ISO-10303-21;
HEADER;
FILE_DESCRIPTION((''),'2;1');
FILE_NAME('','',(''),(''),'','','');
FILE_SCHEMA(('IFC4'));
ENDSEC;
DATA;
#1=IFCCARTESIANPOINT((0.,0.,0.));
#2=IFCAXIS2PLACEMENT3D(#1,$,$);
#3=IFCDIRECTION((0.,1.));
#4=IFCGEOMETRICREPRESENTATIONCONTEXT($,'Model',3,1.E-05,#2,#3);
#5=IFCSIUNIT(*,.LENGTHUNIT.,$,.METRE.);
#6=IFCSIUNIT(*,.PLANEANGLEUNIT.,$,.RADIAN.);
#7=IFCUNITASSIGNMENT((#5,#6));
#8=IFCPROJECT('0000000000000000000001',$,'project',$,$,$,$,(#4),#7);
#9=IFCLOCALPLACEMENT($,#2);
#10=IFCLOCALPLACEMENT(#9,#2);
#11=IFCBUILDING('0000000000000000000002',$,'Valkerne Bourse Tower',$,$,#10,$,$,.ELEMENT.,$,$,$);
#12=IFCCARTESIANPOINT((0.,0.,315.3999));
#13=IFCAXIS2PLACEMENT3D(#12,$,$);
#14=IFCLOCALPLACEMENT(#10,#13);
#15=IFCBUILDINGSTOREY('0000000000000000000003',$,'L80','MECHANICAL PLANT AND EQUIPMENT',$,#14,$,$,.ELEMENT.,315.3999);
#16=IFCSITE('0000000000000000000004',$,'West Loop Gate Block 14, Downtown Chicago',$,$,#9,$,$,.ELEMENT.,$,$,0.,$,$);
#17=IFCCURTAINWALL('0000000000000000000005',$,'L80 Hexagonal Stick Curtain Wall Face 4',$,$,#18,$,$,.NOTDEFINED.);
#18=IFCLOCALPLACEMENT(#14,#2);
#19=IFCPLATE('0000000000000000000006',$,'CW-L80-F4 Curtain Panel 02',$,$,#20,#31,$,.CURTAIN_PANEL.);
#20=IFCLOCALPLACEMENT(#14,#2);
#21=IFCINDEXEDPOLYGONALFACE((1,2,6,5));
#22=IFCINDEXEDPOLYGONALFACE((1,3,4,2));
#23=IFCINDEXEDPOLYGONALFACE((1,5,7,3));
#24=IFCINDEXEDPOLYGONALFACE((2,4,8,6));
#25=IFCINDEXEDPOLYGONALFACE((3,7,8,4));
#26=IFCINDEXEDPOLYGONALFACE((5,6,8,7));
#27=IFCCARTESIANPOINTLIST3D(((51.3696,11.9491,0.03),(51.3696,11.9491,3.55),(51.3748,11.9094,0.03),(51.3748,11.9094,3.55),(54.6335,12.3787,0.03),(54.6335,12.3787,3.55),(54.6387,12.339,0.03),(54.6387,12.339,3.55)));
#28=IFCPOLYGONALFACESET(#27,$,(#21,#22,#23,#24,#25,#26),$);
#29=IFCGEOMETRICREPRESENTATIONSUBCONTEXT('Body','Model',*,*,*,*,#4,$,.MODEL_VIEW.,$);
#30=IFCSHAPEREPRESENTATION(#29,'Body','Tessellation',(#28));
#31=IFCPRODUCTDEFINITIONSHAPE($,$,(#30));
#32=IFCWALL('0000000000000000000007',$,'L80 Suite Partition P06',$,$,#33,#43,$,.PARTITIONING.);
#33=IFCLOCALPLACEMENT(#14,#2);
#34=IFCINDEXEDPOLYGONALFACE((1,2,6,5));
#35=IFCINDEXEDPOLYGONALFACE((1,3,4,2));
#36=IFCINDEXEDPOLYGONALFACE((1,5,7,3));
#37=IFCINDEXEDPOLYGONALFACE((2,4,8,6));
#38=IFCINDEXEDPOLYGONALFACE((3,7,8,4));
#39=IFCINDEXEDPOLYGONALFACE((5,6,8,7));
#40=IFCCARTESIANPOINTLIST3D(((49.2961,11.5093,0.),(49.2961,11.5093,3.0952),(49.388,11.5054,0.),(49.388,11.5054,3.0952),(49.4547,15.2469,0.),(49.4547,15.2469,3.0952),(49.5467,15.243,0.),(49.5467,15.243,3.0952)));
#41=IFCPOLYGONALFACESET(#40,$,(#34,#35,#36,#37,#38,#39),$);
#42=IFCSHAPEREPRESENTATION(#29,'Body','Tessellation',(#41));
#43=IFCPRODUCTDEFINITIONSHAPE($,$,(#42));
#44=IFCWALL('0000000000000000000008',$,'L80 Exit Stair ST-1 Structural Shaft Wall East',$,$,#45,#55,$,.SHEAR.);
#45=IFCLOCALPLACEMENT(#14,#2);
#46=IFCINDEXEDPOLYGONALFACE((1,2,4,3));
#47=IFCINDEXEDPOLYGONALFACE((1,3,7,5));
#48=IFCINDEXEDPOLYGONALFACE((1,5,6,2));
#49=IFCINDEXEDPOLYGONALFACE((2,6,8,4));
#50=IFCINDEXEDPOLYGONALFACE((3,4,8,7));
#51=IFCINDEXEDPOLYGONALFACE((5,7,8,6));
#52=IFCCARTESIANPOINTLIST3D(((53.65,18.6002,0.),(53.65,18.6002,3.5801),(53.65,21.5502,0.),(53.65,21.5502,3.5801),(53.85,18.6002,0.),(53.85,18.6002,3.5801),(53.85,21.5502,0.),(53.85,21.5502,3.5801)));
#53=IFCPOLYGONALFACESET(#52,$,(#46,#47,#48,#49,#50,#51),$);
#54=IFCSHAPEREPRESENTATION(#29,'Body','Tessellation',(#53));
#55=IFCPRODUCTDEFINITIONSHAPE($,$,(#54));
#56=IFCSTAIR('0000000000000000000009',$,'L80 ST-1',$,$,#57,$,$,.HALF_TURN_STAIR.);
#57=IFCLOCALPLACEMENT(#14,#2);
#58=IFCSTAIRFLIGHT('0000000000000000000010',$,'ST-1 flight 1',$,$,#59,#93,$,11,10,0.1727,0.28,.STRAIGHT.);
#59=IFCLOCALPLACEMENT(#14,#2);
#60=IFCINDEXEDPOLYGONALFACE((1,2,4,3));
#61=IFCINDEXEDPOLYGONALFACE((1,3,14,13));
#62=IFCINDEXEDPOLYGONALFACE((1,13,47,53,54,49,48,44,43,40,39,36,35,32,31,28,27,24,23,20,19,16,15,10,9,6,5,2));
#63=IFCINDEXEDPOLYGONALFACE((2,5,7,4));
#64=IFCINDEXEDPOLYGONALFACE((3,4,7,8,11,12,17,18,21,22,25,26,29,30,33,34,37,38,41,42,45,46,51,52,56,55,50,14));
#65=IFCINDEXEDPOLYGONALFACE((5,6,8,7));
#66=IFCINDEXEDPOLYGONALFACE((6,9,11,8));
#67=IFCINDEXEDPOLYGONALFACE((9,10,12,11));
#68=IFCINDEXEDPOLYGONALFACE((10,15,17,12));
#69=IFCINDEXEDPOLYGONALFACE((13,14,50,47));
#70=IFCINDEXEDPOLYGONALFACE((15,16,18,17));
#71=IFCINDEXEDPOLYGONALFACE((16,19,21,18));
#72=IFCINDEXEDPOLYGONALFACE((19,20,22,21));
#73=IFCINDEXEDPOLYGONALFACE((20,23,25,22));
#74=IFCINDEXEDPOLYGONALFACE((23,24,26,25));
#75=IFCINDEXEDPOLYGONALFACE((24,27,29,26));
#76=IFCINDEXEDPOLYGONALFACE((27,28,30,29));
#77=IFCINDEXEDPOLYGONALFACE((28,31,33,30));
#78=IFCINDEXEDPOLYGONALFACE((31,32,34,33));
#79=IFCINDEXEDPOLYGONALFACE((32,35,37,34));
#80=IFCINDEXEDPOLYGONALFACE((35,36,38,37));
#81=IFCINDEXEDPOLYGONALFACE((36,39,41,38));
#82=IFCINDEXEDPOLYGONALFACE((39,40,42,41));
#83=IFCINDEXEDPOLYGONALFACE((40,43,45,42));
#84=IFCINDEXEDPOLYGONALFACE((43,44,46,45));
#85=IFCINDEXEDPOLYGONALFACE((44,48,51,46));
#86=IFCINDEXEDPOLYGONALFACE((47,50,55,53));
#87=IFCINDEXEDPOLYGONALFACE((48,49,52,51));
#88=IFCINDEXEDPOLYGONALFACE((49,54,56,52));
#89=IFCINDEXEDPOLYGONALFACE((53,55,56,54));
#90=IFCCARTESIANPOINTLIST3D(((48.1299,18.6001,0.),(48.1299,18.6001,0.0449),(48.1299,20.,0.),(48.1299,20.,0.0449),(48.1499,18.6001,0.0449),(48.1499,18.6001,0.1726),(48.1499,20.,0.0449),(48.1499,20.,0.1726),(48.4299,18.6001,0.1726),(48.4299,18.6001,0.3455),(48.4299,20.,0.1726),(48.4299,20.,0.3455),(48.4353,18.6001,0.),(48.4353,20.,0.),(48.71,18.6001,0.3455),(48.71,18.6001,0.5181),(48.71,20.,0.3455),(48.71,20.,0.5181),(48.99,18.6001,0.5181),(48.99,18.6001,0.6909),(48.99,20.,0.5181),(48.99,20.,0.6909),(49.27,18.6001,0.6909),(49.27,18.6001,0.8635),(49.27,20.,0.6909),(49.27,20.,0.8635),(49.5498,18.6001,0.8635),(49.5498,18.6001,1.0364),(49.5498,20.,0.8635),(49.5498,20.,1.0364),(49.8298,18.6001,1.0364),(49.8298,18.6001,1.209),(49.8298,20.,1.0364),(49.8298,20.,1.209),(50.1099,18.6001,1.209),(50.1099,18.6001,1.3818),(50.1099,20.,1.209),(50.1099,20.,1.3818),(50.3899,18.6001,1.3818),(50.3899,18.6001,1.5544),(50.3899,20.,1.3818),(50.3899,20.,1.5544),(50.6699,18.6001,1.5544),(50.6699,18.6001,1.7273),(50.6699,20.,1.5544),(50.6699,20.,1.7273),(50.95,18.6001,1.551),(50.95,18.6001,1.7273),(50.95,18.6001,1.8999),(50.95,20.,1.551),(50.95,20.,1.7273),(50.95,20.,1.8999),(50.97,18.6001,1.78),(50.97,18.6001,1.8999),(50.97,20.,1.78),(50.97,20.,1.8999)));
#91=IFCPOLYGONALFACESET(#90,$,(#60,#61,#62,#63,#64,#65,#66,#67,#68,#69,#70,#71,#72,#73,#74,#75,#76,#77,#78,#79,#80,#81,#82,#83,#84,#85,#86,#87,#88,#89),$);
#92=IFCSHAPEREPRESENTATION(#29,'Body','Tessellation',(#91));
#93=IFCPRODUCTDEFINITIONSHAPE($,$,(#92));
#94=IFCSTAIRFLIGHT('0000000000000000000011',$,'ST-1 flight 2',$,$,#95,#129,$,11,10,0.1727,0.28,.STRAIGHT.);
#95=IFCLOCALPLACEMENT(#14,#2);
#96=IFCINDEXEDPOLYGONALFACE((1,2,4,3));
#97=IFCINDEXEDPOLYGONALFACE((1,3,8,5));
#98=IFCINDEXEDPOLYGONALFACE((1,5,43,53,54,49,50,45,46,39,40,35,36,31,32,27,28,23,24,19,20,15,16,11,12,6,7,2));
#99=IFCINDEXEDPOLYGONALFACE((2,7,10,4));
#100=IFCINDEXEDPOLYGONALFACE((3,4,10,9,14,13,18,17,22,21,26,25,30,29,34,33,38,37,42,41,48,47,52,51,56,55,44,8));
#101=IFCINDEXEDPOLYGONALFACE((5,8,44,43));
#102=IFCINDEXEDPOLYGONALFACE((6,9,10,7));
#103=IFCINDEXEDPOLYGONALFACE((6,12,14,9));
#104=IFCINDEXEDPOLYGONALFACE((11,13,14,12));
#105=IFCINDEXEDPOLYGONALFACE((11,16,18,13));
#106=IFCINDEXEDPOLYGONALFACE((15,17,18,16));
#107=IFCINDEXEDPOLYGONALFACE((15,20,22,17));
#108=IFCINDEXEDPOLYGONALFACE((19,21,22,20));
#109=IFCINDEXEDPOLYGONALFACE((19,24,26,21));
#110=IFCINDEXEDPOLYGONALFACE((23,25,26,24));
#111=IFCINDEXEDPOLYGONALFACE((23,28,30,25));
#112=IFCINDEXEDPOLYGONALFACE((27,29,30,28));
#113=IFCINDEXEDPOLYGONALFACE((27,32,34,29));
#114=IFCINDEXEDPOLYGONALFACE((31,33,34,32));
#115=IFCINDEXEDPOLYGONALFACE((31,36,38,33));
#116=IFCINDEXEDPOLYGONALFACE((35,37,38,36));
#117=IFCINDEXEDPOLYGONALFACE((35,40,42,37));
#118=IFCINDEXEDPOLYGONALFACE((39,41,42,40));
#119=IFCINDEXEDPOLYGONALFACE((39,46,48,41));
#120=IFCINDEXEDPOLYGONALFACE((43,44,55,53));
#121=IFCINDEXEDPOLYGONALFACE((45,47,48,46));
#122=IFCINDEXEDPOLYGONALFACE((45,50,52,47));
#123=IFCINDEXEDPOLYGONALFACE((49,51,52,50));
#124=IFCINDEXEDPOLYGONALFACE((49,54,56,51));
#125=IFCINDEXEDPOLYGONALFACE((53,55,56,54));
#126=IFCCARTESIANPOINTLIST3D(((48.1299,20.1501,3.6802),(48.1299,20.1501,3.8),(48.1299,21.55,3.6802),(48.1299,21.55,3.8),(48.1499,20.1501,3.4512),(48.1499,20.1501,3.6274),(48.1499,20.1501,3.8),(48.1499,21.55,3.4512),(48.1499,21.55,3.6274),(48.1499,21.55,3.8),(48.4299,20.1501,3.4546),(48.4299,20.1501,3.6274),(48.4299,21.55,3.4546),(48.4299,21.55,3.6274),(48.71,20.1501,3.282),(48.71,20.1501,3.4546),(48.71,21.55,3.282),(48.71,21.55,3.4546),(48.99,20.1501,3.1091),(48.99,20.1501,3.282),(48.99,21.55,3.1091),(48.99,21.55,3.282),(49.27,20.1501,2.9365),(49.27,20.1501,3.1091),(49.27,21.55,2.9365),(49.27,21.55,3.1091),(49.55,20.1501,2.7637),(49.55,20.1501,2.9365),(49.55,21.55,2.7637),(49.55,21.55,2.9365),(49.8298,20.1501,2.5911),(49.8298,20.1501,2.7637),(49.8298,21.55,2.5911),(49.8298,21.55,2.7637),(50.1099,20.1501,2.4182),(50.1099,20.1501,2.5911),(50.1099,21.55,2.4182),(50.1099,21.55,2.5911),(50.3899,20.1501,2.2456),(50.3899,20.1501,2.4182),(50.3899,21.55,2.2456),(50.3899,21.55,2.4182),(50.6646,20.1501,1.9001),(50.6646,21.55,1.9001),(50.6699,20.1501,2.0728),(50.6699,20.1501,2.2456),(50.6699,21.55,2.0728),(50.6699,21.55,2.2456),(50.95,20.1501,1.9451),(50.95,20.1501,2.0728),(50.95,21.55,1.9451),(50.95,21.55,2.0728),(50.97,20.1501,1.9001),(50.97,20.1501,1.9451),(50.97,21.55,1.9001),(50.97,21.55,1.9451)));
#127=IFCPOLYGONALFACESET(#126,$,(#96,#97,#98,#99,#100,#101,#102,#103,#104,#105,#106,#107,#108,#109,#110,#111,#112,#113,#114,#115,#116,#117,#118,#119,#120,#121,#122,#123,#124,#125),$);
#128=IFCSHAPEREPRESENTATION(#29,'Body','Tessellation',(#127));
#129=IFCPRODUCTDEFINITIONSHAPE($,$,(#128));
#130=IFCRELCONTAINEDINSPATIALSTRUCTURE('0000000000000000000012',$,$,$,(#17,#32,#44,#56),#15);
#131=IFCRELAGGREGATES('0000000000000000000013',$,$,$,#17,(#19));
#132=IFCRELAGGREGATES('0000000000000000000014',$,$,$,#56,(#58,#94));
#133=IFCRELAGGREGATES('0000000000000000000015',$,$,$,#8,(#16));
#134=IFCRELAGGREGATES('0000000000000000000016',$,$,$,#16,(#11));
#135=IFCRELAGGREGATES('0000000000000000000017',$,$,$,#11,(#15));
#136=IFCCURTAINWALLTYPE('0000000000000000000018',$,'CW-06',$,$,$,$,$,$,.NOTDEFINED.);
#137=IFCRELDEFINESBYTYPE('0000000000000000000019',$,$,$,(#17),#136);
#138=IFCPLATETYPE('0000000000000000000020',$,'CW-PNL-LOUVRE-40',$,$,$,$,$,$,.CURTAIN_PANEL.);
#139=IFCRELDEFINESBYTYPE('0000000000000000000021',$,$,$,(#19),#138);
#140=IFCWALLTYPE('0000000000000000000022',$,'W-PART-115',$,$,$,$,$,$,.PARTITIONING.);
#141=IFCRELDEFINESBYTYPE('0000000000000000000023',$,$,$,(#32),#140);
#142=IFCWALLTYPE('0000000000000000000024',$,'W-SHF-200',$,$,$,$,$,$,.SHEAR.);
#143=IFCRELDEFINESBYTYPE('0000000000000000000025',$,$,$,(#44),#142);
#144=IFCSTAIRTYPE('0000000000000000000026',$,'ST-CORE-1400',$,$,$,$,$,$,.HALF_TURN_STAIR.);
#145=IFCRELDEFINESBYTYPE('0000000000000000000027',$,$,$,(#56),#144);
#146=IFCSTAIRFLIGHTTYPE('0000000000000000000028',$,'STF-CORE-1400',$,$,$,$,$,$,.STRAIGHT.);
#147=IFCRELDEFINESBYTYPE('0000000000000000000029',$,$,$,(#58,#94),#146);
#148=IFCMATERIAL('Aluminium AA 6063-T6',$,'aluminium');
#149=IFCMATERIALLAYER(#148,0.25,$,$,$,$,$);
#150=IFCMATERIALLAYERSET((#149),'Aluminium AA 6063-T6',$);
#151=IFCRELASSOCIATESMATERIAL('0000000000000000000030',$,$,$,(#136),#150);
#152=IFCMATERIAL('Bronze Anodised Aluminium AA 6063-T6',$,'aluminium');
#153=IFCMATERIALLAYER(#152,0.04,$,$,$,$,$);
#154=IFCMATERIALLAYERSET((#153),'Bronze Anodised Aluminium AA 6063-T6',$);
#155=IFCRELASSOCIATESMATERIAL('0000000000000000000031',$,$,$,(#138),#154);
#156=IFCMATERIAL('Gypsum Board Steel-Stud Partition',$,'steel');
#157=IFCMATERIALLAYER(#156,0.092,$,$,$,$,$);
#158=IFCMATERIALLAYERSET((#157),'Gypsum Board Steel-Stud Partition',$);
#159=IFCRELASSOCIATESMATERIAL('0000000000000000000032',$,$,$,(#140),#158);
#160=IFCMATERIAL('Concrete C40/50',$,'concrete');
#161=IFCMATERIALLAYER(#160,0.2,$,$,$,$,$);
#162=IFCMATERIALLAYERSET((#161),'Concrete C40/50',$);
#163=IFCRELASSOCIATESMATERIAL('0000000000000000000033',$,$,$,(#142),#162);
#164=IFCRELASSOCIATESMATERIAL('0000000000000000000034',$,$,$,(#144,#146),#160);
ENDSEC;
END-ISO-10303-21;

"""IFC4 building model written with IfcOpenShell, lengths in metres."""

from ifc_helpers import new_model, si_unit, direction, frame, frame_2d, origin, origin_2d, place, context, subcontext, project, spatial, polyline, rectangle, outline, extrude, material, layer, layer_set, type_object, element, aggregate, save


model = new_model("IFC4")

# Units and contexts
model_context = context("Model", 3, precision=1e-05, world=origin(), true_north=direction((0.0, 1.0)))
body_context = subcontext(model_context, "Body", "Model", "MODEL_VIEW")
ifc_project = project(units=[si_unit("LENGTHUNIT", "METRE"), si_unit("PLANEANGLEUNIT", "RADIAN")], contexts=[model_context])

# Site, building, storey
site_placement = place(None, origin())
site = spatial("IfcSite", under=ifc_project, at=site_placement, Name="West Loop Gate Block 14, Downtown Chicago", CompositionType="ELEMENT", RefElevation=0.0)
building_placement = place(site_placement, origin())
building = spatial("IfcBuilding", under=site, at=building_placement, Name="Valkerne Bourse Tower", CompositionType="ELEMENT")
storey_placement = place(building_placement, frame((0.0, 0.0, 315.3999)))
storey = spatial("IfcBuildingStorey", under=building, at=storey_placement, Name="L80", Description="MECHANICAL PLANT AND EQUIPMENT", CompositionType="ELEMENT", Elevation=315.3999)

# Curtain wall, plate
ifc_material_1 = material(Name="Aluminium AA 6063-T6", Category="aluminium")
ifc_layer_1 = layer(ifc_material_1, 0.25)
ifc_layer_set_1 = layer_set([ifc_layer_1], Name="Aluminium AA 6063-T6")
curtain_wall_type = type_object("IfcCurtainWallType", Name="CW-06", PredefinedType="NOTDEFINED", material=ifc_layer_set_1)
curtain_wall_placement = place(storey_placement, origin())
curtain_wall = element("IfcCurtainWall", 1, at=curtain_wall_placement, inside=storey, type_object=curtain_wall_type, Name="L80 Hexagonal Stick Curtain Wall Face 4", PredefinedType="NOTDEFINED")
ifc_material_2 = material(Name="Bronze Anodised Aluminium AA 6063-T6", Category="aluminium")
ifc_layer_2 = layer(ifc_material_2, 0.04)
ifc_layer_set_2 = layer_set([ifc_layer_2], Name="Bronze Anodised Aluminium AA 6063-T6")
plate_type = type_object("IfcPlateType", Name="CW-PNL-LOUVRE-40", PredefinedType="CURTAIN_PANEL", material=ifc_layer_set_2)
plate_1_placement = place(storey_placement, frame((53.0042, 12.144, 0.03), z_axis=(0.0, 0.0, 1.0), x_axis=(0.991447, 0.130507, 0.0)))
plate_1 = element("IfcPlate", 2, at=plate_1_placement, type_object=plate_type, Name="CW-L80-F4 Curtain Panel 02", PredefinedType="CURTAIN_PANEL", context=body_context, shape_type="SweptSolid", body=[
    extrude(rectangle(XDim=3.292, YDim=0.04, at=origin_2d()), origin(), (0.0, 0.0, 1.0), 3.52),
])
aggregate(curtain_wall, [plate_1])

# Walls
ifc_material_3 = material(Name="Gypsum Board Steel-Stud Partition", Category="steel")
ifc_layer_3 = layer(ifc_material_3, 0.092)
ifc_layer_set_3 = layer_set([ifc_layer_3], Name="Gypsum Board Steel-Stud Partition")
wall_type_1 = type_object("IfcWallType", Name="W-PART-115", PredefinedType="PARTITIONING", material=ifc_layer_set_3)
wall_1_placement = place(storey_placement, frame((49.5007, 15.2451, 0.0), z_axis=(0.0, 0.0, 1.0), x_axis=(-0.04242, -0.9991, 0.0)))
element("IfcWall", 3, at=wall_1_placement, inside=storey, type_object=wall_type_1, Name="L80 Suite Partition P06", PredefinedType="PARTITIONING", context=body_context, shape_type="SweptSolid", body=[
    extrude(rectangle(XDim=3.741, YDim=0.092, at=frame_2d((1.8706, 0.0))), origin(), (0.0, 0.0, 1.0), 3.0952),
])
ifc_material_4 = material(Name="Concrete C40/50", Category="concrete")
ifc_layer_4 = layer(ifc_material_4, 0.2)
ifc_layer_set_4 = layer_set([ifc_layer_4], Name="Concrete C40/50")
wall_type_2 = type_object("IfcWallType", Name="W-SHF-200", PredefinedType="SHEAR", material=ifc_layer_set_4)
wall_2_placement = place(storey_placement, frame((53.75, 18.6001, 0.0), z_axis=(0.0, 0.0, 1.0), x_axis=(0.0, 1.0, 0.0)))
element("IfcWall", 4, at=wall_2_placement, inside=storey, type_object=wall_type_2, Name="L80 Exit Stair ST-1 Structural Shaft Wall East", PredefinedType="SHEAR", context=body_context, shape_type="SweptSolid", body=[
    extrude(rectangle(XDim=2.95, YDim=0.2, at=frame_2d((1.4751, 0.0))), origin(), (0.0, 0.0, 1.0), 3.5801),
])

# Stair, stair flights
stair_type = type_object("IfcStairType", Name="ST-CORE-1400", PredefinedType="HALF_TURN_STAIR", material=ifc_material_4)
stair_placement = place(storey_placement, origin())
stair = element("IfcStair", 5, at=stair_placement, inside=storey, type_object=stair_type, Name="L80 ST-1", PredefinedType="HALF_TURN_STAIR")
stair_flight_type = type_object("IfcStairFlightType", Name="STF-CORE-1400", PredefinedType="STRAIGHT", material=ifc_material_4)
stair_flight_1_placement = place(storey_placement, frame((48.1499, 19.3, 0.0), z_axis=(0.0, 0.0, 1.0), x_axis=(1.0, 0.0, 0.0)))
stair_flight_1 = element("IfcStairFlight", 6, at=stair_flight_1_placement, type_object=stair_flight_type, Name="ST-1 flight 1", NumberOfRisers=11, NumberOfTreads=10, PredefinedType="STRAIGHT", RiserHeight=0.1727, TreadLength=0.28, context=body_context, shape_type="SweptSolid", body=[
    extrude(outline(polyline([(-0.02, 0.0), (-0.02, 0.0449), (0.0, 0.0449), (0.0, 0.1726), (0.28, 0.1726), (0.28, 0.3455), (0.5601, 0.3455), (0.5601, 0.5181), (0.8401, 0.5181), (0.8401, 0.6909), (1.1201, 0.6909), (1.1201, 0.8635), (1.3999, 0.8635), (1.3999, 1.0364), (1.6799, 1.0364), (1.6799, 1.209), (1.96, 1.209), (1.96, 1.3818), (2.24, 1.3818), (2.24, 1.5544), (2.52, 1.5544), (2.52, 1.7273), (2.8, 1.7273), (2.8, 1.8999), (2.8201, 1.8999), (2.8201, 1.78), (2.8, 1.551), (0.2854, 0.0), (-0.02, 0.0)])), frame((0.0, 0.7, 0.0), z_axis=(0.0, -1.0, 0.0), x_axis=(1.0, 0.0, 0.0)), (0.0, 0.0, 1.0), 1.3999),
])
stair_flight_2_placement = place(storey_placement, frame((50.95, 20.8501, 1.9001), z_axis=(0.0, 0.0, 1.0), x_axis=(-1.0, 0.0, 0.0)))
stair_flight_2 = element("IfcStairFlight", 7, at=stair_flight_2_placement, type_object=stair_flight_type, Name="ST-1 flight 2", NumberOfRisers=11, NumberOfTreads=10, PredefinedType="STRAIGHT", RiserHeight=0.1727, TreadLength=0.28, context=body_context, shape_type="SweptSolid", body=[
    extrude(outline(polyline([(-0.02, 0.0), (-0.02, 0.0449), (0.0, 0.0449), (0.0, 0.1726), (0.28, 0.1726), (0.28, 0.3455), (0.5601, 0.3455), (0.5601, 0.5181), (0.8401, 0.5181), (0.8401, 0.6909), (1.1201, 0.6909), (1.1201, 0.8635), (1.3999, 0.8635), (1.3999, 1.0364), (1.6799, 1.0364), (1.6799, 1.209), (1.96, 1.209), (1.96, 1.3818), (2.24, 1.3818), (2.24, 1.5544), (2.52, 1.5544), (2.52, 1.7273), (2.8, 1.7273), (2.8, 1.8999), (2.8201, 1.8999), (2.8201, 1.78), (2.8, 1.551), (0.2854, 0.0), (-0.02, 0.0)])), frame((0.0, 0.7, 0.0), z_axis=(0.0, -1.0, 0.0), x_axis=(1.0, 0.0, 0.0)), (0.0, 0.0, 1.0), 1.3999),
])
aggregate(stair, [stair_flight_1, stair_flight_2])

save(model, "model.ifc")
